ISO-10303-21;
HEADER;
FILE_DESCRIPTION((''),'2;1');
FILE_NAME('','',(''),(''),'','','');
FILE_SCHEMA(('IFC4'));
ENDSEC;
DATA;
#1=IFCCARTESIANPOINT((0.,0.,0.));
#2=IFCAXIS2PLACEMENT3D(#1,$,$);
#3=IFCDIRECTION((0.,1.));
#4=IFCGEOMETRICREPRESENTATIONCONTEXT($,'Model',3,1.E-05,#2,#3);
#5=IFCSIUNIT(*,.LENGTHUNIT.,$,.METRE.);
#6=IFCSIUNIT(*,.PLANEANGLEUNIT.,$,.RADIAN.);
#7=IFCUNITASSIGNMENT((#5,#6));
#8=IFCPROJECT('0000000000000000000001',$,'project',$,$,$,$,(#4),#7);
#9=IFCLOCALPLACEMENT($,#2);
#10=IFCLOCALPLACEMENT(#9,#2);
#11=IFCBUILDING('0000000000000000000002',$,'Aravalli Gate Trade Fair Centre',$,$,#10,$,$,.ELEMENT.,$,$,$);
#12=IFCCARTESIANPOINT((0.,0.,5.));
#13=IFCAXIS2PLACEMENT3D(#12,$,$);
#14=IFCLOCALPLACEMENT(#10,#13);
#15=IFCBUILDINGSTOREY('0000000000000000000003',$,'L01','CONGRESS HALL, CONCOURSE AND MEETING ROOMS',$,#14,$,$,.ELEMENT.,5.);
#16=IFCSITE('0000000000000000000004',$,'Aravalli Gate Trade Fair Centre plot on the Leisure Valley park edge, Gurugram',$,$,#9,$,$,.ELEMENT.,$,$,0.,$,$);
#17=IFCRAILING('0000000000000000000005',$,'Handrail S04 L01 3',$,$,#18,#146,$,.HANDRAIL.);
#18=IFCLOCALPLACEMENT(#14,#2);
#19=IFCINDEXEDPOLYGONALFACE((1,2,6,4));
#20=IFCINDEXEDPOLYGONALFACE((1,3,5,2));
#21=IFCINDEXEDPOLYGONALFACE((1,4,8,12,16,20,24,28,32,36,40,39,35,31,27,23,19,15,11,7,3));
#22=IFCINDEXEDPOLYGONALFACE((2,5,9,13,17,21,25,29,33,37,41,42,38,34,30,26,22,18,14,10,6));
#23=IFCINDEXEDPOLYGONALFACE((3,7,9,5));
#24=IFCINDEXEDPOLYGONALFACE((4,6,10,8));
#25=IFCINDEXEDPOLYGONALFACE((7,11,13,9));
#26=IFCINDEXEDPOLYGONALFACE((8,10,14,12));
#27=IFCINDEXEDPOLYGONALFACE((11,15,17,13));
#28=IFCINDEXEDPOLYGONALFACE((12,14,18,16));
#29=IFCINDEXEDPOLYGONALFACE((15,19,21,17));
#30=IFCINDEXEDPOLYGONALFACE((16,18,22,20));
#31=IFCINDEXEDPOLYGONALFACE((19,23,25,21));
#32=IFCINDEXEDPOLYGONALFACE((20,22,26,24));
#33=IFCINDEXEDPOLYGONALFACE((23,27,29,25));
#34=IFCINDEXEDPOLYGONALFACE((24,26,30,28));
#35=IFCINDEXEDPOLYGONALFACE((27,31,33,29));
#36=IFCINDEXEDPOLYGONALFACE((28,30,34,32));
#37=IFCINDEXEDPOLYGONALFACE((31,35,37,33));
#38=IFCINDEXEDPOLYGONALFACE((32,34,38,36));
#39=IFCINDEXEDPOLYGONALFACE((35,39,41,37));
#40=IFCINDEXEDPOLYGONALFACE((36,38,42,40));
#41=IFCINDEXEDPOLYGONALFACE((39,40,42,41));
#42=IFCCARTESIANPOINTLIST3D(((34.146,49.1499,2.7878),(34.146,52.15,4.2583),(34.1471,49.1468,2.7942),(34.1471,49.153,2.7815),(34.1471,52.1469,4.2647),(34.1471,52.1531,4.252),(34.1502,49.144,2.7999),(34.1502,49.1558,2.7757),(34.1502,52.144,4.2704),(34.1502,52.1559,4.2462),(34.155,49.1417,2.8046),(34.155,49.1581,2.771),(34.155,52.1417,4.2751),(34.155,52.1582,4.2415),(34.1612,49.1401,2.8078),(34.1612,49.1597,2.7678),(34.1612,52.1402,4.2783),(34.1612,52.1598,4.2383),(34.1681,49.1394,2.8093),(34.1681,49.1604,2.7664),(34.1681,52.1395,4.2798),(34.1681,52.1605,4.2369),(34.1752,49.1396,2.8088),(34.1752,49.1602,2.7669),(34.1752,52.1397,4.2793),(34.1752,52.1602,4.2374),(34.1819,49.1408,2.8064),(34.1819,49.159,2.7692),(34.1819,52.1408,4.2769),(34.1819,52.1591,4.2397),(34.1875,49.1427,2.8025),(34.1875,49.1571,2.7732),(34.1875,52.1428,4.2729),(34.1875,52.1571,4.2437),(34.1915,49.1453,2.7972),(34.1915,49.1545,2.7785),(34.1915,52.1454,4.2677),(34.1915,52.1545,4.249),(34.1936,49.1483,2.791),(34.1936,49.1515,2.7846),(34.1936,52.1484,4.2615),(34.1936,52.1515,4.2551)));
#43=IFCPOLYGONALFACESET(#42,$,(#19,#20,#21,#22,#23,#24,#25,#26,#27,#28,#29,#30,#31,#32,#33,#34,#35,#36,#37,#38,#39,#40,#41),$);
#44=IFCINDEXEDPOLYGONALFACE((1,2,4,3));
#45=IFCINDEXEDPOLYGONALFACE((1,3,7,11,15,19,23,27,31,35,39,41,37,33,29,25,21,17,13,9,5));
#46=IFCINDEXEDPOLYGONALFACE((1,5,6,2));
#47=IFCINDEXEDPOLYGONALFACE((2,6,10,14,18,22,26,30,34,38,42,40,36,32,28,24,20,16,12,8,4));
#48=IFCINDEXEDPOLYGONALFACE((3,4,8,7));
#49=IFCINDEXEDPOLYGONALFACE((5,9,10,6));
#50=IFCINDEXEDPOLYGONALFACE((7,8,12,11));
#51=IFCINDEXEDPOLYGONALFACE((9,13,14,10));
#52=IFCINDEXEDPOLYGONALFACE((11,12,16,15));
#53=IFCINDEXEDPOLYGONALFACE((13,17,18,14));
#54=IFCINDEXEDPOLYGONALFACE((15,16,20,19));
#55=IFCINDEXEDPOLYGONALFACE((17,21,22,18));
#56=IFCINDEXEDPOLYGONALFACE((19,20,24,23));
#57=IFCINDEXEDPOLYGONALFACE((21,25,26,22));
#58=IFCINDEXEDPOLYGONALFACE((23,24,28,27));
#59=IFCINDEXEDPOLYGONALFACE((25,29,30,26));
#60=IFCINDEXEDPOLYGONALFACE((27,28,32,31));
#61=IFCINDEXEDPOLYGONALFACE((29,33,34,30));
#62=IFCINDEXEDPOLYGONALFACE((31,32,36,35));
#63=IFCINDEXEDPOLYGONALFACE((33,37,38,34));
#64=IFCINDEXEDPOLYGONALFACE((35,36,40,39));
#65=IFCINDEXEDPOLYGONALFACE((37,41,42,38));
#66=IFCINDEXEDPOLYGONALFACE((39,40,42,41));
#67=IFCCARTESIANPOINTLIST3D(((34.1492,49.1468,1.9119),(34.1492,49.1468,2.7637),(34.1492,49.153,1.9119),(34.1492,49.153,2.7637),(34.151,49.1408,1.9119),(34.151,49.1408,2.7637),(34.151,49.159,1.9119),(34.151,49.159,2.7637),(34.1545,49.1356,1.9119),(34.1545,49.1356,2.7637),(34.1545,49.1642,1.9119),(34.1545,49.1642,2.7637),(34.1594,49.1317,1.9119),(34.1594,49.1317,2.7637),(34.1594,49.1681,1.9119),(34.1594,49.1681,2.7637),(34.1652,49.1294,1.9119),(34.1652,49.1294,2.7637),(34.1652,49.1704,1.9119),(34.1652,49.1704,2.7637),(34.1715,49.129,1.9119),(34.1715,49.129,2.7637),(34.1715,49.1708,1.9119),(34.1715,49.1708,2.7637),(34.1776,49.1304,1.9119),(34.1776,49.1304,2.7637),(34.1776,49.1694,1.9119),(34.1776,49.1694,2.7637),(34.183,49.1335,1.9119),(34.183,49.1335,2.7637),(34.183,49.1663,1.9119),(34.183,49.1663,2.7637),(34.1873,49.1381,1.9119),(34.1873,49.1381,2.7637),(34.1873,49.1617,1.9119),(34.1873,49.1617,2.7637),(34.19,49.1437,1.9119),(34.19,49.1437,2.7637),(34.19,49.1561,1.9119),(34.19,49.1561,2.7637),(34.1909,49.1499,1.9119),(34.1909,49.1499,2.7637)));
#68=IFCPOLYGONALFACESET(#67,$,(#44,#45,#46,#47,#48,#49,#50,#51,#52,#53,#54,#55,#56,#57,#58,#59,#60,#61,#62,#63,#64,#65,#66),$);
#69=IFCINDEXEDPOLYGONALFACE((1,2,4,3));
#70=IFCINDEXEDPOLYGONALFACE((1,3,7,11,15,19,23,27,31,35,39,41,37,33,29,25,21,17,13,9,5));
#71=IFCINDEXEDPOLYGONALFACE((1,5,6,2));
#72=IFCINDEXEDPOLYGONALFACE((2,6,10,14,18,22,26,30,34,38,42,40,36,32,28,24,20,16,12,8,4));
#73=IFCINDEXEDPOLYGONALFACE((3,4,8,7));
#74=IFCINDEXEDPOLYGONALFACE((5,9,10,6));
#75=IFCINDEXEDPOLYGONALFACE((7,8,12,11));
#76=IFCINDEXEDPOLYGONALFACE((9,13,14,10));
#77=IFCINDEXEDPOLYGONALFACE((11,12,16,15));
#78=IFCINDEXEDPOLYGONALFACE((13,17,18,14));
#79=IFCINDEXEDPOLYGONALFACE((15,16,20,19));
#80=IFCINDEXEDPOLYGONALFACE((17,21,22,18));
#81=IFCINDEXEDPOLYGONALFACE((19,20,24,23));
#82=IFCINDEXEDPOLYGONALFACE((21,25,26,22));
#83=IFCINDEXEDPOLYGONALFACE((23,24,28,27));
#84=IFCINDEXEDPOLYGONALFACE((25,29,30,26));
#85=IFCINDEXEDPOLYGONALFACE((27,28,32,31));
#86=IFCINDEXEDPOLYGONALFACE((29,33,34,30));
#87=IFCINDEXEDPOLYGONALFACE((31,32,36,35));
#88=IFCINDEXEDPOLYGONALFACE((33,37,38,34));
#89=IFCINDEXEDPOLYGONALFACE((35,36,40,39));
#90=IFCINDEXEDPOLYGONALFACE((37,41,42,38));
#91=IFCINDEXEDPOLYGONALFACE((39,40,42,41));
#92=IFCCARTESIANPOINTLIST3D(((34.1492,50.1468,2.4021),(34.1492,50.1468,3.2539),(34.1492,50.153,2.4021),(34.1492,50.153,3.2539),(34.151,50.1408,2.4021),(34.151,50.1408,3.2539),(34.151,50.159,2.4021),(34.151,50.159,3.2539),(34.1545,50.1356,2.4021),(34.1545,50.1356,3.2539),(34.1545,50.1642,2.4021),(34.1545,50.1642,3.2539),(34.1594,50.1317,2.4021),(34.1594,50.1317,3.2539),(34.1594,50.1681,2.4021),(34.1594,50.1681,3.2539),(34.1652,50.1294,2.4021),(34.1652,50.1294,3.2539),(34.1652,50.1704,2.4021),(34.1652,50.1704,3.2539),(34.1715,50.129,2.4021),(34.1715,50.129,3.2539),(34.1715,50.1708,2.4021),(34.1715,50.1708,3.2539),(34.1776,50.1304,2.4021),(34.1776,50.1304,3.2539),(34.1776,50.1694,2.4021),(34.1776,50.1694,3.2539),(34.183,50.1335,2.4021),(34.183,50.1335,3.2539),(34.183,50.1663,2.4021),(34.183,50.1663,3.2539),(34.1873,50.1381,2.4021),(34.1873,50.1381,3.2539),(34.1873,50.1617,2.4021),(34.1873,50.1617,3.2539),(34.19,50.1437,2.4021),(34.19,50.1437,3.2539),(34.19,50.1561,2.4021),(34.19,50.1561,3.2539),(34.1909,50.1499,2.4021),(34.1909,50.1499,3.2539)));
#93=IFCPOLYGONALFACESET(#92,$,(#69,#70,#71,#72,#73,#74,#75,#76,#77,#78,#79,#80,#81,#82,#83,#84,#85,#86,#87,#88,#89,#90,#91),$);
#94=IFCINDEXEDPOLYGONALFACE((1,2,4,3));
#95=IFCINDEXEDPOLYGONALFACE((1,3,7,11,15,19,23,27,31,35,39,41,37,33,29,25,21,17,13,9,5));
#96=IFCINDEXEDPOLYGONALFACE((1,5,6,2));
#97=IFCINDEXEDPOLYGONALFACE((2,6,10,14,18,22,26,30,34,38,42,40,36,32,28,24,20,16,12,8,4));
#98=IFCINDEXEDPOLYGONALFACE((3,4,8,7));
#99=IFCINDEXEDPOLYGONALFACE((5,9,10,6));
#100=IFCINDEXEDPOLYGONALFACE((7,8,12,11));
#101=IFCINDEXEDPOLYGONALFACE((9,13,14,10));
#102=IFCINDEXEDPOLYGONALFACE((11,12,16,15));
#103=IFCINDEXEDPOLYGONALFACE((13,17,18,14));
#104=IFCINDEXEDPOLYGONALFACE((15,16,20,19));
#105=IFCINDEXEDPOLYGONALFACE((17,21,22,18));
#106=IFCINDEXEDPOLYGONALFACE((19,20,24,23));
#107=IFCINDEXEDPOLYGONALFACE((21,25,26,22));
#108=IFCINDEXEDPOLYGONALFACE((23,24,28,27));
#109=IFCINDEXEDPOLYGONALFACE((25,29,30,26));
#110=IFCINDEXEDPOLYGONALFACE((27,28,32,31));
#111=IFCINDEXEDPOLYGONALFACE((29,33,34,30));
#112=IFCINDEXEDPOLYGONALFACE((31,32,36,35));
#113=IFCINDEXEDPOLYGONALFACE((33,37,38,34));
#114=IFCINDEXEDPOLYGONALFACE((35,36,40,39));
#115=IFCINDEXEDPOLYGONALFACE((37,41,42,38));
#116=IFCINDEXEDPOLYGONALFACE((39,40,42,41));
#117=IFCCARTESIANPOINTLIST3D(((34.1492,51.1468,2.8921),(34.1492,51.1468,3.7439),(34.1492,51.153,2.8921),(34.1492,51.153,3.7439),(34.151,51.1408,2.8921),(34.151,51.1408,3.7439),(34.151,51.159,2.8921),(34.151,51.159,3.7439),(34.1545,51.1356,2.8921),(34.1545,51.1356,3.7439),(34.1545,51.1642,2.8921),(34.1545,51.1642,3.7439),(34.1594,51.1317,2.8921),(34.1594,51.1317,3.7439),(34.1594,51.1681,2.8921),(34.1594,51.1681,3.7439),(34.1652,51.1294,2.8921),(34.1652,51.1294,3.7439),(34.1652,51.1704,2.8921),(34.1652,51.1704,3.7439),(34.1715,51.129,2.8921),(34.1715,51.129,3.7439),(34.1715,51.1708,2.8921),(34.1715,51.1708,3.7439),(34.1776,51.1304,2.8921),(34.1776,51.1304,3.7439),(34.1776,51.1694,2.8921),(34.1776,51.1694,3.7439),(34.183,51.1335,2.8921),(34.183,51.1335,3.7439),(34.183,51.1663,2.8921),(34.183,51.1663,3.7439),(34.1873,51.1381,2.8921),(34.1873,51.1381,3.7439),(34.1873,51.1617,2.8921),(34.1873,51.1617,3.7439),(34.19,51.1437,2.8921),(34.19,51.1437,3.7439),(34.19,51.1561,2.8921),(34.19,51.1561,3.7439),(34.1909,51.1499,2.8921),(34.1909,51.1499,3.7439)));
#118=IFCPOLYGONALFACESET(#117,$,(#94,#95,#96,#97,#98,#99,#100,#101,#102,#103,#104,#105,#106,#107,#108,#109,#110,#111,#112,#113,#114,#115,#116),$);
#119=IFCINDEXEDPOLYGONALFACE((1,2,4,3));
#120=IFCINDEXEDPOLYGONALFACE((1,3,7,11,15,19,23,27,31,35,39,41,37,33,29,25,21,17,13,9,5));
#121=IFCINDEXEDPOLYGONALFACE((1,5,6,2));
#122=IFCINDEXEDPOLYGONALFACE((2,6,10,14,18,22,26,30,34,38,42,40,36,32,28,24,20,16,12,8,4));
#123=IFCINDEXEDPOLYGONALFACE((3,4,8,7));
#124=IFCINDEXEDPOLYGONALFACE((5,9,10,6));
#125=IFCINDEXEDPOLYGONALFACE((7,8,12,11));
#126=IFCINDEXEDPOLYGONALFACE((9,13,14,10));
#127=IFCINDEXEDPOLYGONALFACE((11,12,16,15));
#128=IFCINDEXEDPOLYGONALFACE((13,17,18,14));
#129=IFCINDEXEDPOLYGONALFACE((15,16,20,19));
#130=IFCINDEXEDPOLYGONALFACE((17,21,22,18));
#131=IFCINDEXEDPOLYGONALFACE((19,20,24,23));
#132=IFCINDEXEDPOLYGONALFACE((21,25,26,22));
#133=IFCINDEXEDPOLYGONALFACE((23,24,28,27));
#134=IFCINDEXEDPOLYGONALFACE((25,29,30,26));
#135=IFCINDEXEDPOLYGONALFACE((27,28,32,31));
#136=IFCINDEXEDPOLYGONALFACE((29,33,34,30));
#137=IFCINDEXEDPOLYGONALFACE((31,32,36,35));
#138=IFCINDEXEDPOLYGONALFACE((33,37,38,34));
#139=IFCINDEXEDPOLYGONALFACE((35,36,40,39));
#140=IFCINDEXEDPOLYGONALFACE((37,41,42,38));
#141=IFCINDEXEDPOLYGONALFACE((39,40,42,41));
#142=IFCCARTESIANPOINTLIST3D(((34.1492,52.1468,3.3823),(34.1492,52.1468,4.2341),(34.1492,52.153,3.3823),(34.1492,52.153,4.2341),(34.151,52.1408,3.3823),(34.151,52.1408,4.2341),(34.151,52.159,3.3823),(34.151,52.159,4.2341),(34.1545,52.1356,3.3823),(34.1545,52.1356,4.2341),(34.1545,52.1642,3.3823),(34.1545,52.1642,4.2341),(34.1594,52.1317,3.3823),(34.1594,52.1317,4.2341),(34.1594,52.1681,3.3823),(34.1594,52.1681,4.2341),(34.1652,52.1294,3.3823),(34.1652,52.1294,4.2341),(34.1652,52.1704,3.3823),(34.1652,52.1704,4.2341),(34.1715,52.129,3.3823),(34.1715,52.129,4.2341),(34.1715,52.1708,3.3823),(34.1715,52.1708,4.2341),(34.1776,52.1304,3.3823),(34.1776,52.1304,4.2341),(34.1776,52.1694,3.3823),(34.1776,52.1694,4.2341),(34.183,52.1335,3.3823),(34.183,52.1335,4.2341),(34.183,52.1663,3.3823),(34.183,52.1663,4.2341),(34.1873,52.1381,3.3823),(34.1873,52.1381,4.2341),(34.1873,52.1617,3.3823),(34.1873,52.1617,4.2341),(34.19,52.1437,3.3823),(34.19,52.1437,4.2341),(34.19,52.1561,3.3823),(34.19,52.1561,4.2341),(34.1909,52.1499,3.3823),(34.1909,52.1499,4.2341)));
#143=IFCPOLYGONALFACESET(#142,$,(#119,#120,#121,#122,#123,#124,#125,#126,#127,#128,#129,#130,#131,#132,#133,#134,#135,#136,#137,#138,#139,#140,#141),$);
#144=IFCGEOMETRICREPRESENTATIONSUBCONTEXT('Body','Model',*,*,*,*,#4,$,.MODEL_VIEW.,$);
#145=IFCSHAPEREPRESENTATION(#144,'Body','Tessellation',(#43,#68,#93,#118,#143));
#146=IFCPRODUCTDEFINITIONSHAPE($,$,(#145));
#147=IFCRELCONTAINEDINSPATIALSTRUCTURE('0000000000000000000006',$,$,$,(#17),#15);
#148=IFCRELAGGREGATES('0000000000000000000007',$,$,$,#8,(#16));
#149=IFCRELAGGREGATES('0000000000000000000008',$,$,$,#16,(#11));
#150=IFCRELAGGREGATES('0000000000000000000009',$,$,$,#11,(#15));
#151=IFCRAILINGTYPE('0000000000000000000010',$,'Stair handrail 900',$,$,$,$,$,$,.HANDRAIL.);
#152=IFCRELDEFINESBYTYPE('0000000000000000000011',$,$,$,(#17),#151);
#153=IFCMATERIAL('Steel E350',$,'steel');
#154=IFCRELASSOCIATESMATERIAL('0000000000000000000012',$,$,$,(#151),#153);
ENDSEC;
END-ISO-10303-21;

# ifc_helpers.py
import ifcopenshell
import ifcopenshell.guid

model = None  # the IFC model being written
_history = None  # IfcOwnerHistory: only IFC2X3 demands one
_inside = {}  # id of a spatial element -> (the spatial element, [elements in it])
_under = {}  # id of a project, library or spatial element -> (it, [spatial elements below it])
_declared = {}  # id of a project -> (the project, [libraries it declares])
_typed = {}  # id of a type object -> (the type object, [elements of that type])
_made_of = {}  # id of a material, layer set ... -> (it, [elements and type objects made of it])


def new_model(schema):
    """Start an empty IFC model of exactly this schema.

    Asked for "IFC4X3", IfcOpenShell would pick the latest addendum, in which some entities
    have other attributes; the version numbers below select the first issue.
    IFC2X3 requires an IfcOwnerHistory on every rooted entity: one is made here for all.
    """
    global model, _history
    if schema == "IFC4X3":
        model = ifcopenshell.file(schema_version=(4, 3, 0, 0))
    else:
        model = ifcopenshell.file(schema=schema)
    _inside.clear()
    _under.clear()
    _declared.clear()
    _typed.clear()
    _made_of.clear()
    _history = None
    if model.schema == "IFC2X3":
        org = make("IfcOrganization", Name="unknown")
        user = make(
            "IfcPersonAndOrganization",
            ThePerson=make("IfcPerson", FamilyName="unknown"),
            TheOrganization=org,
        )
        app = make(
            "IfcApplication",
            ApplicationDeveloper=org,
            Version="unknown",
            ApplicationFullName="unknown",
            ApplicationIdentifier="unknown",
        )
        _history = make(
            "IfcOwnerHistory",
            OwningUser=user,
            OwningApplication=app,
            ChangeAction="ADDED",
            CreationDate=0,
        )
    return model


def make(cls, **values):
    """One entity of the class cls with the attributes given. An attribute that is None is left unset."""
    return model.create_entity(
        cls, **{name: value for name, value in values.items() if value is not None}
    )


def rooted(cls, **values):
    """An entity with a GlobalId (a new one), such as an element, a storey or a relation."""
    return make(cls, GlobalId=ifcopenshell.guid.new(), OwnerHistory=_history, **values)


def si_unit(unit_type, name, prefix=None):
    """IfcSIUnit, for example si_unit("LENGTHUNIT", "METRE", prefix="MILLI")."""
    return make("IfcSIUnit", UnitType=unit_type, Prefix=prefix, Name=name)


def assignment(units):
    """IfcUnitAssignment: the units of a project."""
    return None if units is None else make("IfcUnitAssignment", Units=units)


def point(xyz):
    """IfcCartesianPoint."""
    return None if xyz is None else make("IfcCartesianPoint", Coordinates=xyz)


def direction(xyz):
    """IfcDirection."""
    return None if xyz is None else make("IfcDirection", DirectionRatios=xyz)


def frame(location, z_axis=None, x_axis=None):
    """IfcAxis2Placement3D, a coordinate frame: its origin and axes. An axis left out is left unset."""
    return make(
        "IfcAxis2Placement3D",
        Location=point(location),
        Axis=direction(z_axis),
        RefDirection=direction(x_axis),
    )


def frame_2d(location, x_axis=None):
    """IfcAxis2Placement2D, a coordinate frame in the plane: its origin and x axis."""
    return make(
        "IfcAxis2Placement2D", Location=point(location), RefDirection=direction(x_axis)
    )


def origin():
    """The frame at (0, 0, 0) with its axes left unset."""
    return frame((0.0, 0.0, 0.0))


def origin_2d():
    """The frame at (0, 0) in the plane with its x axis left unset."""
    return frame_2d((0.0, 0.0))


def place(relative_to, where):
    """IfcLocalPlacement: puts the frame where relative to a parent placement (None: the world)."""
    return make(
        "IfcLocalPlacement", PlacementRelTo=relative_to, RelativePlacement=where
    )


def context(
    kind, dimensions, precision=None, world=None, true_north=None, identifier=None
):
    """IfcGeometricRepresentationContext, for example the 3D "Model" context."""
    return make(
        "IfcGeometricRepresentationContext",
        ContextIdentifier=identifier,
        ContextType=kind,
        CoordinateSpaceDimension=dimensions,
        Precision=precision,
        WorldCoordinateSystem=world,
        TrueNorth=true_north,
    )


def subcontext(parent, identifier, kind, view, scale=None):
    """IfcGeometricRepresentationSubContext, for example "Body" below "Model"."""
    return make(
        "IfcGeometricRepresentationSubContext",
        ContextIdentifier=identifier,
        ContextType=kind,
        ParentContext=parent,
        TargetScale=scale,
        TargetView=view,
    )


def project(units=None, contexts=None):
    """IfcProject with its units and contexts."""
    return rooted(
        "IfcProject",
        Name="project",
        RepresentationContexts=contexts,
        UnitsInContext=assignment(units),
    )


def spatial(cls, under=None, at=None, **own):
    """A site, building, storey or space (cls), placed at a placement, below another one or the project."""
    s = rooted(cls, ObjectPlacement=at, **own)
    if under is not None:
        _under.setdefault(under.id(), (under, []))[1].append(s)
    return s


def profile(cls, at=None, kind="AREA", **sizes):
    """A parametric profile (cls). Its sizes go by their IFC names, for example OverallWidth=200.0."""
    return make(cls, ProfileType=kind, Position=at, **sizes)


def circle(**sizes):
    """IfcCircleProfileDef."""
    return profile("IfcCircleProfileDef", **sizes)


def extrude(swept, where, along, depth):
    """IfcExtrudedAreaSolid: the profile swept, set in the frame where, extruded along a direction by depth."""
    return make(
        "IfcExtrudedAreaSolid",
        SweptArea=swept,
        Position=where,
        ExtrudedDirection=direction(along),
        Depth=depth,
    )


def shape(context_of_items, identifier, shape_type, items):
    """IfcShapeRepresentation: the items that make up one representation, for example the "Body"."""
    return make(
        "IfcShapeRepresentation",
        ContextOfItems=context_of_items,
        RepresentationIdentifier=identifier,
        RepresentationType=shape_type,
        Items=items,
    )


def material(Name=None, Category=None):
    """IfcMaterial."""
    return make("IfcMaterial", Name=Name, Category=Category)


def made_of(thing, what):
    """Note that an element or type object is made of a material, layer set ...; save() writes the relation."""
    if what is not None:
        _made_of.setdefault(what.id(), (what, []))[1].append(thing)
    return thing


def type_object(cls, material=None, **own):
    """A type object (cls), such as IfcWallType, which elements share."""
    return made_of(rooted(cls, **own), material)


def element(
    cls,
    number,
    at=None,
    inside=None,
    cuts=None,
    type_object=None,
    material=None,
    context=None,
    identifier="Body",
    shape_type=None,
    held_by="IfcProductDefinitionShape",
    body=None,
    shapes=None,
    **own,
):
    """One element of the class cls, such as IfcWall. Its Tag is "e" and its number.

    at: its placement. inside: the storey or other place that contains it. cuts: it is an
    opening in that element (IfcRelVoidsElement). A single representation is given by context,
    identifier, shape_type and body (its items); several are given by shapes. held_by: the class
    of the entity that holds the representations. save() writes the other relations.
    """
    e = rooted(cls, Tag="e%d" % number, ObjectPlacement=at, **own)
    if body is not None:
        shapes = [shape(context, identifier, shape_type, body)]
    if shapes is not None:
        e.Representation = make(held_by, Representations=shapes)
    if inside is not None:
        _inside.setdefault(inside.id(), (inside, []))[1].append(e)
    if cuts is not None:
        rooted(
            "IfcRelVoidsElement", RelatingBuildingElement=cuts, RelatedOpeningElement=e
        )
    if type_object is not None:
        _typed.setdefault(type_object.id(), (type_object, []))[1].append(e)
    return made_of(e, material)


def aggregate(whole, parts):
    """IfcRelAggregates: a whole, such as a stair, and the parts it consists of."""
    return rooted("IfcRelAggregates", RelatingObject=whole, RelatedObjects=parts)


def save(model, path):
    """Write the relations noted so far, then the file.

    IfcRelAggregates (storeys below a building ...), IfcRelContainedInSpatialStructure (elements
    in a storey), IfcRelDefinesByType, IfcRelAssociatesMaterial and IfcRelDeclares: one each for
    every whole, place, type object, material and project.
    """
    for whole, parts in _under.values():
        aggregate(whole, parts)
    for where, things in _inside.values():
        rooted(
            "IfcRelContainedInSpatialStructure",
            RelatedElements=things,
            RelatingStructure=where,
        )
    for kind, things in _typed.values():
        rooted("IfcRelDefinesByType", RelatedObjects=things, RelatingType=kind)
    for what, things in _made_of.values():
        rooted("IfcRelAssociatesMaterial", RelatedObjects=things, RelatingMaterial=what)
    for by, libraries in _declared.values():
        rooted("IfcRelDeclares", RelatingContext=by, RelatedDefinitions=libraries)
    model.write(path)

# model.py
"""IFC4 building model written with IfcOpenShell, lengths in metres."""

from ifc_helpers import new_model, si_unit, direction, frame, origin, origin_2d, place, context, subcontext, project, spatial, circle, extrude, material, type_object, element, save


model = new_model("IFC4")

# Units and contexts
model_context = context("Model", 3, precision=1e-05, world=origin(), true_north=direction((0.0, 1.0)))
body_context = subcontext(model_context, "Body", "Model", "MODEL_VIEW")
ifc_project = project(units=[si_unit("LENGTHUNIT", "METRE"), si_unit("PLANEANGLEUNIT", "RADIAN")], contexts=[model_context])

# Site, building, storey
site_placement = place(None, origin())
site = spatial("IfcSite", under=ifc_project, at=site_placement, Name="Aravalli Gate Trade Fair Centre plot on the Leisure Valley park edge, Gurugram", CompositionType="ELEMENT", RefElevation=0.0)
building_placement = place(site_placement, origin())
building = spatial("IfcBuilding", under=site, at=building_placement, Name="Aravalli Gate Trade Fair Centre", CompositionType="ELEMENT")
storey_placement = place(building_placement, frame((0.0, 0.0, 5.0)))
storey = spatial("IfcBuildingStorey", under=building, at=storey_placement, Name="L01", Description="CONGRESS HALL, CONCOURSE AND MEETING ROOMS", CompositionType="ELEMENT", Elevation=5.0)

# Railing
ifc_material_1 = material(Name="Steel E350", Category="steel")
railing_type = type_object("IfcRailingType", Name="Stair handrail 900", PredefinedType="HANDRAIL", material=ifc_material_1)
railing_placement = place(storey_placement, frame((34.1699, 49.1499, 1.9119)))
element("IfcRailing", 1, at=railing_placement, inside=storey, type_object=railing_type, Name="Handrail S04 L01 3", PredefinedType="HANDRAIL", context=body_context, shape_type="SweptSolid", body=[
    extrude(circle(Radius=0.0239, at=origin_2d()), frame((0.0, 0.0, 0.876), z_axis=(0.0, 0.897936, 0.440126), x_axis=(-1.0, 0.0, 0.0)), (0.0, 0.0, 1.0), 3.3411),
    extrude(circle(Radius=0.021, at=origin_2d()), origin(), (0.0, 0.0, 1.0), 0.8518),
    extrude(circle(Radius=0.021, at=origin_2d()), frame((0.0, 1.0, 0.4902)), (0.0, 0.0, 1.0), 0.8518),
    extrude(circle(Radius=0.021, at=origin_2d()), frame((0.0, 2.0, 0.9802)), (0.0, 0.0, 1.0), 0.8518),
    extrude(circle(Radius=0.021, at=origin_2d()), frame((0.0, 3.0, 1.4705)), (0.0, 0.0, 1.0), 0.8518),
])

save(model, "model.ifc")
